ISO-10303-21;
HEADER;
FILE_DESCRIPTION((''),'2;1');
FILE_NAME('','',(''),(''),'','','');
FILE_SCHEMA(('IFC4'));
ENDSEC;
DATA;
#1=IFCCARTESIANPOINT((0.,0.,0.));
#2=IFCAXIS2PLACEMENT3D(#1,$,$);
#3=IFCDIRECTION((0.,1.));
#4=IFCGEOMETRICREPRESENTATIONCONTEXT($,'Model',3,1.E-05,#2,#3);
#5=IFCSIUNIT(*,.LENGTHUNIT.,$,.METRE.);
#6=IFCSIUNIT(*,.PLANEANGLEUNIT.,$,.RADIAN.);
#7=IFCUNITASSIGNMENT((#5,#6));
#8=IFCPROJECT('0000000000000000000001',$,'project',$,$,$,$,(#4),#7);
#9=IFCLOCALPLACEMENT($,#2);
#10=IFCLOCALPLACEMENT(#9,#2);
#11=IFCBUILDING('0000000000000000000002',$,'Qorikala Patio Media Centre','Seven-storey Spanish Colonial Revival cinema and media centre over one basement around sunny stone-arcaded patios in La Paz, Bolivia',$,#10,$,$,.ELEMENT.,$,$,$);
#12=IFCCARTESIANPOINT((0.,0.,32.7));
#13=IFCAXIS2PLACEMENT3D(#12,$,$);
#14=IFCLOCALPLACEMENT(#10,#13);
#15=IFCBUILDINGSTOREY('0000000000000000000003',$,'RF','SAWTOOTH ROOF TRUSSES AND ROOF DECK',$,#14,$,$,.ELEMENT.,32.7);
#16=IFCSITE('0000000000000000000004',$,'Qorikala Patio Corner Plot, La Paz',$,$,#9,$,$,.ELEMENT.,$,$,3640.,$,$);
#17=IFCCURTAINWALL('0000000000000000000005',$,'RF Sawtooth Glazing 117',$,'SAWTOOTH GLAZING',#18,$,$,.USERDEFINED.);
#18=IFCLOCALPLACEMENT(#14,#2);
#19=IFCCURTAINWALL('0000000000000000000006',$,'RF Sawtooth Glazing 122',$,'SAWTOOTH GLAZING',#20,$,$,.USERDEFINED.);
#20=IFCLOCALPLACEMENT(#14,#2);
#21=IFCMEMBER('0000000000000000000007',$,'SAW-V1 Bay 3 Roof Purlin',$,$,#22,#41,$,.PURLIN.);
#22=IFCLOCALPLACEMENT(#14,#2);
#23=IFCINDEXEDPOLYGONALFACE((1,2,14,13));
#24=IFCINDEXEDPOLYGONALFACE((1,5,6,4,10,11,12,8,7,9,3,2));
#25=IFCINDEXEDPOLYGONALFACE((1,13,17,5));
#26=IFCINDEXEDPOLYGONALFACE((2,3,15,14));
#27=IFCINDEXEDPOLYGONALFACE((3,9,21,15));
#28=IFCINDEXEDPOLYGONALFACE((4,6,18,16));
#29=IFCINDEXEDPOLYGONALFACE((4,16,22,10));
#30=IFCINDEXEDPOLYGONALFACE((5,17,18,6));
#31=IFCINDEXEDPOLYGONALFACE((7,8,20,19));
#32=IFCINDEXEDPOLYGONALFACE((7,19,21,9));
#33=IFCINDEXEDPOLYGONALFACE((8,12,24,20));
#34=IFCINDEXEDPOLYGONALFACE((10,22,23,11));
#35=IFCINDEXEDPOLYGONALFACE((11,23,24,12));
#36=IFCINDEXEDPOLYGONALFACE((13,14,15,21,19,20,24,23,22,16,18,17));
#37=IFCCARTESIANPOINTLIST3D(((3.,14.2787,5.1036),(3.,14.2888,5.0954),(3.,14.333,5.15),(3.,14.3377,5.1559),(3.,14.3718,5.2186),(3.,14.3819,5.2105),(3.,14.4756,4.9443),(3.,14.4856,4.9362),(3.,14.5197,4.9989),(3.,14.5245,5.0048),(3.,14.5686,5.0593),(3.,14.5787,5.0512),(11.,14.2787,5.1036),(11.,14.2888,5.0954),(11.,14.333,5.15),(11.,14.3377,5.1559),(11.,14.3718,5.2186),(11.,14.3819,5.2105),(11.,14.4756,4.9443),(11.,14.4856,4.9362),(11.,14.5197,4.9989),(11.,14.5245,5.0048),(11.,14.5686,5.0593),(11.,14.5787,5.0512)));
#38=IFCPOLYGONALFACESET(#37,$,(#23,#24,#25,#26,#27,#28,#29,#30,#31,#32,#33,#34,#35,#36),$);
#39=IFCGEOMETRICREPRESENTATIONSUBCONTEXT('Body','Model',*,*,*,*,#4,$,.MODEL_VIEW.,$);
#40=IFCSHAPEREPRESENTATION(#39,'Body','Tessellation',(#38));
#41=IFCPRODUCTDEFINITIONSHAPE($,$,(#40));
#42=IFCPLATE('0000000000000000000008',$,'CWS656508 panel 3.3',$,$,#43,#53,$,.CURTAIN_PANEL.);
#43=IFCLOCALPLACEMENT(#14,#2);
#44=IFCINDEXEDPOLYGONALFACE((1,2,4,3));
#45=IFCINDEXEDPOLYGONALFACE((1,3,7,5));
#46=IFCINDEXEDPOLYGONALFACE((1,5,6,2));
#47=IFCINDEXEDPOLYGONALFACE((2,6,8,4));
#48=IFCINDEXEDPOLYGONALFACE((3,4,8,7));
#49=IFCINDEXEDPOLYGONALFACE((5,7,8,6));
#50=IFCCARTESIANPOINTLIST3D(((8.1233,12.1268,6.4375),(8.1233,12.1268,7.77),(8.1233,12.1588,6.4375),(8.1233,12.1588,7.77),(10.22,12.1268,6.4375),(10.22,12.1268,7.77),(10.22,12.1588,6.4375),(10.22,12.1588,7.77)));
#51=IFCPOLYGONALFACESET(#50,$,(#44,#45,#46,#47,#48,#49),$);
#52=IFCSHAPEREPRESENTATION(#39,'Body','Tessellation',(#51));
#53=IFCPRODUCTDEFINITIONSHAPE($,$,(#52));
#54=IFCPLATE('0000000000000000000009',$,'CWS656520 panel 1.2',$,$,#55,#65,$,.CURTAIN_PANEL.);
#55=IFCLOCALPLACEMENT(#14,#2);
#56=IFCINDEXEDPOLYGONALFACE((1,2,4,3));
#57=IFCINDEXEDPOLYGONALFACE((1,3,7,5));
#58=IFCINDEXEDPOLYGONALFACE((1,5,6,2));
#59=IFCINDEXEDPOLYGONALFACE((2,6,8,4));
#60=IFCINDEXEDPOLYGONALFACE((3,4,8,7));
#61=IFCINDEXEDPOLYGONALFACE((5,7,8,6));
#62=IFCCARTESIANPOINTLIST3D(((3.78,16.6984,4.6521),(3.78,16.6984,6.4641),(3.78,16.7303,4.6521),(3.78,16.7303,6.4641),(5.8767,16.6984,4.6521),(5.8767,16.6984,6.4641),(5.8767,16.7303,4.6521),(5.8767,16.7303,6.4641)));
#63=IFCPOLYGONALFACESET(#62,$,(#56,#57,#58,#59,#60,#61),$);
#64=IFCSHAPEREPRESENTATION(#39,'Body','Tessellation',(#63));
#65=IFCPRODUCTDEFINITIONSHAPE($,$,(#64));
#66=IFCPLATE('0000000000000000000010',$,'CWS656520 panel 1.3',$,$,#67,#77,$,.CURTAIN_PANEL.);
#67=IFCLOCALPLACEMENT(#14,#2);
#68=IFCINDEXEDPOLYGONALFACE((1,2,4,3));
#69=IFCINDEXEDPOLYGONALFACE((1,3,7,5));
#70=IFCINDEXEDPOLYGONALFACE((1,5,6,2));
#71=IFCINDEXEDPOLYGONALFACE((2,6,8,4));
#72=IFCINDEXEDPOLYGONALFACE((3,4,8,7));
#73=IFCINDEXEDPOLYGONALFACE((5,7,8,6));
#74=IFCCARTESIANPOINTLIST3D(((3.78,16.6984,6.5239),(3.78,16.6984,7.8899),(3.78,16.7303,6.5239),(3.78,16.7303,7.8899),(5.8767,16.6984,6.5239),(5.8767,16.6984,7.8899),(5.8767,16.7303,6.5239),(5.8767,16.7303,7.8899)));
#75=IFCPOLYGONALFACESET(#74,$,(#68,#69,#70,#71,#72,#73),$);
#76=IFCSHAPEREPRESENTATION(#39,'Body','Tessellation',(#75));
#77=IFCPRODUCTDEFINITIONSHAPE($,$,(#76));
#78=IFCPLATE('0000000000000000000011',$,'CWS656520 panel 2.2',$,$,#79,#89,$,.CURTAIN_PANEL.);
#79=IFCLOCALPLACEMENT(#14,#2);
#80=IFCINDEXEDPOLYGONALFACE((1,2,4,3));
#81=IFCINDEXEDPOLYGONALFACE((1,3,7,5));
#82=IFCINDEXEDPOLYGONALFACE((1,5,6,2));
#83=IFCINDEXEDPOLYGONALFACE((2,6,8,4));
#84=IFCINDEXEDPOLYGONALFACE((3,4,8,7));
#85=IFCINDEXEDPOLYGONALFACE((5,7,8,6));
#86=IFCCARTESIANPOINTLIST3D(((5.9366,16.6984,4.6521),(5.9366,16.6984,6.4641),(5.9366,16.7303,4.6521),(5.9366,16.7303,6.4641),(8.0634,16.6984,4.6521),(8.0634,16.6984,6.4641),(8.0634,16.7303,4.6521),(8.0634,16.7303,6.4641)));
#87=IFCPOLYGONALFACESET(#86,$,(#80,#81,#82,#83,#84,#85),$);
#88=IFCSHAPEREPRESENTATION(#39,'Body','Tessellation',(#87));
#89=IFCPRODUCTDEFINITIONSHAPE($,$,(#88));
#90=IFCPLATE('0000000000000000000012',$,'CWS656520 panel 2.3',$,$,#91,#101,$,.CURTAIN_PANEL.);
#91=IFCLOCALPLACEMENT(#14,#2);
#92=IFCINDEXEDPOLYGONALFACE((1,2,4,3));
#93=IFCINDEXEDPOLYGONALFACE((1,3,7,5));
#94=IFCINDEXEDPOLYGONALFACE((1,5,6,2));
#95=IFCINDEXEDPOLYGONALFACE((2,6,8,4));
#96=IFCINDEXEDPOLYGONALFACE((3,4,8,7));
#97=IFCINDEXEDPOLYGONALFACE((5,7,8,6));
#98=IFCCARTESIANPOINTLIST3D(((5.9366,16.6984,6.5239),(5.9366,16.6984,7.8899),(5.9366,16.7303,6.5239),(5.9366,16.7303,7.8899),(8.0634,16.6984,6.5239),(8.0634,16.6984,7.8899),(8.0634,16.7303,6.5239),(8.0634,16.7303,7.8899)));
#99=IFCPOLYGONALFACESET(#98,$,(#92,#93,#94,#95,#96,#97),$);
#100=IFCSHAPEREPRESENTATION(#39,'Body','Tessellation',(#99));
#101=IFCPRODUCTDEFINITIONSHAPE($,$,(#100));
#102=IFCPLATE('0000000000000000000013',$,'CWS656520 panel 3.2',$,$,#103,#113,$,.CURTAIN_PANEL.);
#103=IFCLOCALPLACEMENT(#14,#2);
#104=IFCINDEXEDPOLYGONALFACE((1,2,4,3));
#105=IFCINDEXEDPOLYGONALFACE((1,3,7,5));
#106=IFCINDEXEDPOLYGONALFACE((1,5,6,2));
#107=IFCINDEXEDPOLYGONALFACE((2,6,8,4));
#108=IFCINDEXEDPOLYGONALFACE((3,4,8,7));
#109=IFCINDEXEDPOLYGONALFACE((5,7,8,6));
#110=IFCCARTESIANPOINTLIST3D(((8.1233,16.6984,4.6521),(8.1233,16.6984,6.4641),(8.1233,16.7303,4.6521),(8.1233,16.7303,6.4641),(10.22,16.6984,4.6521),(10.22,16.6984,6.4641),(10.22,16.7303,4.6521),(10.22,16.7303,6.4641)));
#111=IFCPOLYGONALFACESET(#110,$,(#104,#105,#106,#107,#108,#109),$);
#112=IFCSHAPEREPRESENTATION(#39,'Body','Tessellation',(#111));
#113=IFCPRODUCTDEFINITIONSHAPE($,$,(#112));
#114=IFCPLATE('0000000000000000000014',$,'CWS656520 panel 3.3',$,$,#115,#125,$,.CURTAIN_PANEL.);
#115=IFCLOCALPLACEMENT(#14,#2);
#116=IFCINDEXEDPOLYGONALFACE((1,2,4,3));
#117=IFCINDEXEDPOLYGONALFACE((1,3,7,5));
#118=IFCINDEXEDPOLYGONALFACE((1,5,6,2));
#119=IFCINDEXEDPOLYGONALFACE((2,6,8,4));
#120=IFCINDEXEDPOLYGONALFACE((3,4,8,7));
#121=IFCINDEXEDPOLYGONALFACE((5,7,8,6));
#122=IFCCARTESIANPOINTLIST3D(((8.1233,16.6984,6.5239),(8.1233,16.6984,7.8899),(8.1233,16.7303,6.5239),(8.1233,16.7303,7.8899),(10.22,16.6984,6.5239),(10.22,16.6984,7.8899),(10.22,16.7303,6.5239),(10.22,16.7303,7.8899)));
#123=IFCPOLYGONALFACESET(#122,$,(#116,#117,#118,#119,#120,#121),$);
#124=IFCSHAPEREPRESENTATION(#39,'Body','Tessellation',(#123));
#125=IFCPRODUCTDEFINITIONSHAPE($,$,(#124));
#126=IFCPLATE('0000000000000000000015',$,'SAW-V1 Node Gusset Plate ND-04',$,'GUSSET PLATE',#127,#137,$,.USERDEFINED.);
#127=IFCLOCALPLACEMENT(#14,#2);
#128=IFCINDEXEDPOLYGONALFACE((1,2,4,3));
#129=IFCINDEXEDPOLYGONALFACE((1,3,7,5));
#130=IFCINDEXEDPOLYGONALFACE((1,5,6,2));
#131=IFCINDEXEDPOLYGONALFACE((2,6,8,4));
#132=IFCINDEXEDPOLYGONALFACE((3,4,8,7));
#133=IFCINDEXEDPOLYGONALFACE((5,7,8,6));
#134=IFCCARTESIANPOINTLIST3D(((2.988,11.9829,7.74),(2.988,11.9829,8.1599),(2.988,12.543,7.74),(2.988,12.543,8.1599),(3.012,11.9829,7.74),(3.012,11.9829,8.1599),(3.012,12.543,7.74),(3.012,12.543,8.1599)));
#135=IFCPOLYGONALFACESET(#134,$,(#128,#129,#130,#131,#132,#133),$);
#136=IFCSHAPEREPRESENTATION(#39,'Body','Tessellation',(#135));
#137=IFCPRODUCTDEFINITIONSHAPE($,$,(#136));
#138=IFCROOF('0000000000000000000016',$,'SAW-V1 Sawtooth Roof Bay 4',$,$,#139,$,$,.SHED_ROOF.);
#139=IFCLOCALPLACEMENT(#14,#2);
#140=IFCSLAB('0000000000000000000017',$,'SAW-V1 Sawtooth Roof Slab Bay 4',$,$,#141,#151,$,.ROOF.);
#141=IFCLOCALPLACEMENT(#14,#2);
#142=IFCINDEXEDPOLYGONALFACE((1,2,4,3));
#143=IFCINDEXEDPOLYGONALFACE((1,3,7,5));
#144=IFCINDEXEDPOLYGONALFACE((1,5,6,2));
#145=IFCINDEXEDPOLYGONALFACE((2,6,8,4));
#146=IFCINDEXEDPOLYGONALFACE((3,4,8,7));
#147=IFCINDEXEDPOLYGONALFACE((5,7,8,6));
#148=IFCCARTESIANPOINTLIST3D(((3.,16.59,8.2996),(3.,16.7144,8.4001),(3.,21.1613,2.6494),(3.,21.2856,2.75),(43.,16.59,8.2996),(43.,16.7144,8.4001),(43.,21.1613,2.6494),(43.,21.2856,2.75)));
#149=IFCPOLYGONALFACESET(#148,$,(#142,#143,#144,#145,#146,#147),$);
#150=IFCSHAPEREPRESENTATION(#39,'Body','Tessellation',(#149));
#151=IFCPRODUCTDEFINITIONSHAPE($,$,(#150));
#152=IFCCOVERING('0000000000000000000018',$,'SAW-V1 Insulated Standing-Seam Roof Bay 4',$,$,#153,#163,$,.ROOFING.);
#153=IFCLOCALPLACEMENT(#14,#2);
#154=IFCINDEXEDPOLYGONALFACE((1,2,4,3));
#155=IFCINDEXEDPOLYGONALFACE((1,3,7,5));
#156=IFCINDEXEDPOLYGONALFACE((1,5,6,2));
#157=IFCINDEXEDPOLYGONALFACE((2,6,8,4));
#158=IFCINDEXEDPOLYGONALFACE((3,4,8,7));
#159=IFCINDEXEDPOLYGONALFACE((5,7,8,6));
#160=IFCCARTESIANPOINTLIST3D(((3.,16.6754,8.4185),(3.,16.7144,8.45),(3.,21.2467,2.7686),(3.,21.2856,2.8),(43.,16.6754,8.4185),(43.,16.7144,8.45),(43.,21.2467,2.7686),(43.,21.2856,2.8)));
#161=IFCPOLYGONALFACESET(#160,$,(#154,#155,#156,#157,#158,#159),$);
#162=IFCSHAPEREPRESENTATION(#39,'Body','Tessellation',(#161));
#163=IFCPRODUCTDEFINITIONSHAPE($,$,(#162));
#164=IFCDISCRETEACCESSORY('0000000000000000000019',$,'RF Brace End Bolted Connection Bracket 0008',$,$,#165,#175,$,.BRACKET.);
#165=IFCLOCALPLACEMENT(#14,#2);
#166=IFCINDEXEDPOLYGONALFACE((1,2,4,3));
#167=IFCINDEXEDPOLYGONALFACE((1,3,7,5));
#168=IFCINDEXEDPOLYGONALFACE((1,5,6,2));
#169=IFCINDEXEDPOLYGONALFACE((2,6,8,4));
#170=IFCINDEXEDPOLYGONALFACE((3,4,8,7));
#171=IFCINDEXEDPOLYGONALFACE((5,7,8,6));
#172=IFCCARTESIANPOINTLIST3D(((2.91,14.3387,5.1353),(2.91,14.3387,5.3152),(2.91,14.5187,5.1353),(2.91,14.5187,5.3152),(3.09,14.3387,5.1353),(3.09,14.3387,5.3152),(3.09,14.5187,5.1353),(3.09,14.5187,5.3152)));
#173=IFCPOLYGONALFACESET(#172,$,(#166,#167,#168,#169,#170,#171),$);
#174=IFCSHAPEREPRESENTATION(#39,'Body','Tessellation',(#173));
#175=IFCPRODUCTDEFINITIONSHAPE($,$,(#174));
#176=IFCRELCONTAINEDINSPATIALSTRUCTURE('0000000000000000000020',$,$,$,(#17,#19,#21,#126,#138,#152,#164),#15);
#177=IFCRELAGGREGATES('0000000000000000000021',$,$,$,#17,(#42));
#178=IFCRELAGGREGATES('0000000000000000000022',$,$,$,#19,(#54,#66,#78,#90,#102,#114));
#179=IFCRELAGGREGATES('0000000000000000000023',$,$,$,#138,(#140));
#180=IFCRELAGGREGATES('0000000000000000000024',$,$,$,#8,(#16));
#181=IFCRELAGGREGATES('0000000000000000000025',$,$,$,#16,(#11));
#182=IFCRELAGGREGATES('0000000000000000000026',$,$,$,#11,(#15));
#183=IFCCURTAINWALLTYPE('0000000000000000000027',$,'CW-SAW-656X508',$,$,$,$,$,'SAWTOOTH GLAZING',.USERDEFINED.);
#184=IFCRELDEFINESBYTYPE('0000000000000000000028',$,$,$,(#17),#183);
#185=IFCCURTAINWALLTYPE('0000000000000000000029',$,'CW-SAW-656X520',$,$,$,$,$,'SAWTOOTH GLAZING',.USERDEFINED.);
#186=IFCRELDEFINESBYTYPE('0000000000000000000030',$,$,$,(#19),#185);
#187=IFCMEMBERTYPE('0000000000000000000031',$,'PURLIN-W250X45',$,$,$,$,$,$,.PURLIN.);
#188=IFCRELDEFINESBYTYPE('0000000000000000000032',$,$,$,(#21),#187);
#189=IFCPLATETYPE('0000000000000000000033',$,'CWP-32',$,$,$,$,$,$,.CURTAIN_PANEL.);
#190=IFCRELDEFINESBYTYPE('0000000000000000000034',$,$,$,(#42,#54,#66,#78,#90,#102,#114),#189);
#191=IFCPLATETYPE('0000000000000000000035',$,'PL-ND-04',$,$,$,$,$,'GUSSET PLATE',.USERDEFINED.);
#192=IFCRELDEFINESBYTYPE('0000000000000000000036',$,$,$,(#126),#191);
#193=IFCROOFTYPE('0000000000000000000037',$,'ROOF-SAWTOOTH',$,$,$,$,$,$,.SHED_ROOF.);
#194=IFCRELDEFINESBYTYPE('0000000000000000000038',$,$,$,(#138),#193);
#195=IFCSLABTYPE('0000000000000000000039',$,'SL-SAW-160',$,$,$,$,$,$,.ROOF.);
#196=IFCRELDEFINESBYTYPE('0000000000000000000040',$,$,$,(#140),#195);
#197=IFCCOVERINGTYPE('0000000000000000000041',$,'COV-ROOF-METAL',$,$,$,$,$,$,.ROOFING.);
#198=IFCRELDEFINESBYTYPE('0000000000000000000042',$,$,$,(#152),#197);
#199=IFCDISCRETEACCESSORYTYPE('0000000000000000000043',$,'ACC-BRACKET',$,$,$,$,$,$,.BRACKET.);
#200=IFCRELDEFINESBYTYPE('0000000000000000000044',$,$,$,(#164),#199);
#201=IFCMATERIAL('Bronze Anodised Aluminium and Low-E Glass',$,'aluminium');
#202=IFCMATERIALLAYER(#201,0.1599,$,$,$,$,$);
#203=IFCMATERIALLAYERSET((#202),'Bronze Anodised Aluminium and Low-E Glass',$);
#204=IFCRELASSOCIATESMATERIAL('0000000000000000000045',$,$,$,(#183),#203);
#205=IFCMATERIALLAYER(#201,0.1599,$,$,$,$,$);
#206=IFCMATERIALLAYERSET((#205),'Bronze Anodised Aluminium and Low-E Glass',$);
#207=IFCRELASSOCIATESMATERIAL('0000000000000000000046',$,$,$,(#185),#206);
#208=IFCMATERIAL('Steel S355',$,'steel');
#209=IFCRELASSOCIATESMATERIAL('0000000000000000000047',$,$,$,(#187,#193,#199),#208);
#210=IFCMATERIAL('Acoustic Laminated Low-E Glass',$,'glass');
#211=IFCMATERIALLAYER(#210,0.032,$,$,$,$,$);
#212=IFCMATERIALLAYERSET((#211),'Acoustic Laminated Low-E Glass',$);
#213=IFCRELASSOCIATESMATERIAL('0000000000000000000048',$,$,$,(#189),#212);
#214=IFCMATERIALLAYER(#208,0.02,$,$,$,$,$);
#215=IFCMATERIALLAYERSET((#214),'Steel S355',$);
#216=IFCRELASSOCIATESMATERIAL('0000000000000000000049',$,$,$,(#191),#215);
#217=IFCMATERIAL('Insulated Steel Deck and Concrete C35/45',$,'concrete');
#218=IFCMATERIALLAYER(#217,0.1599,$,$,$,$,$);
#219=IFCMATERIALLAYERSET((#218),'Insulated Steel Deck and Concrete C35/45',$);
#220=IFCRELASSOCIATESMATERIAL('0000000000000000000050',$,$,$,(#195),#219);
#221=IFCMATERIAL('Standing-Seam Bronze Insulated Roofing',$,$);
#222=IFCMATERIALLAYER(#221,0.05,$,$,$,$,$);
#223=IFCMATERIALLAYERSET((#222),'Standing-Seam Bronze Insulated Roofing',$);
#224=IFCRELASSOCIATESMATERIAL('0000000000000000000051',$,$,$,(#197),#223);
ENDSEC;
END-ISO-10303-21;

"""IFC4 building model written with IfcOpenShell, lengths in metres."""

from ifc_helpers import new_model, si_unit, direction, frame, origin, origin_2d, place, context, subcontext, project, spatial, polyline, rectangle, i_section, outline, extrude, material, layer, layer_set, material_profile, profile_set, type_object, element, aggregate, save


model = new_model("IFC4")

# Units and contexts
model_context = context("Model", 3, precision=1e-05, world=origin(), true_north=direction((0.0, 1.0)))
body_context = subcontext(model_context, "Body", "Model", "MODEL_VIEW")
ifc_project = project(units=[si_unit("LENGTHUNIT", "METRE"), si_unit("PLANEANGLEUNIT", "RADIAN")], contexts=[model_context])

# Site, building, storey
site_placement = place(None, origin())
site = spatial("IfcSite", under=ifc_project, at=site_placement, Name="Qorikala Patio Corner Plot, La Paz", CompositionType="ELEMENT", RefElevation=3640.0)
building_placement = place(site_placement, origin())
building = spatial("IfcBuilding", under=site, at=building_placement, Name="Qorikala Patio Media Centre", Description="Seven-storey Spanish Colonial Revival cinema and media centre over one basement around sunny stone-arcaded patios in La Paz, Bolivia", CompositionType="ELEMENT")
storey_placement = place(building_placement, frame((0.0, 0.0, 32.7)))
storey = spatial("IfcBuildingStorey", under=building, at=storey_placement, Name="RF", Description="SAWTOOTH ROOF TRUSSES AND ROOF DECK", CompositionType="ELEMENT", Elevation=32.7)

# Shared definitions
ifc_material_1 = material(Name="Steel S355", Category="steel")

# Curtain walls
ifc_material_2 = material(Name="Bronze Anodised Aluminium and Low-E Glass", Category="aluminium")
ifc_layer_1 = layer(ifc_material_2, 0.1599)
ifc_layer_set_1 = layer_set([ifc_layer_1], Name="Bronze Anodised Aluminium and Low-E Glass")
curtain_wall_type_1 = type_object("IfcCurtainWallType", Name="CW-SAW-656X508", ElementType="SAWTOOTH GLAZING", PredefinedType="USERDEFINED", material=ifc_layer_set_1)
curtain_wall_1_placement = place(storey_placement, origin())
curtain_wall_1 = element("IfcCurtainWall", 1, at=curtain_wall_1_placement, inside=storey, type_object=curtain_wall_type_1, Name="RF Sawtooth Glazing 117", ObjectType="SAWTOOTH GLAZING", PredefinedType="USERDEFINED")
ifc_layer_2 = layer(ifc_material_2, 0.1599)
ifc_layer_set_2 = layer_set([ifc_layer_2], Name="Bronze Anodised Aluminium and Low-E Glass")
curtain_wall_type_2 = type_object("IfcCurtainWallType", Name="CW-SAW-656X520", ElementType="SAWTOOTH GLAZING", PredefinedType="USERDEFINED", material=ifc_layer_set_2)
curtain_wall_2_placement = place(storey_placement, origin())
curtain_wall_2 = element("IfcCurtainWall", 2, at=curtain_wall_2_placement, inside=storey, type_object=curtain_wall_type_2, Name="RF Sawtooth Glazing 122", ObjectType="SAWTOOTH GLAZING", PredefinedType="USERDEFINED")

# Member
ifc_material_profile_1 = material_profile(ifc_material_1, i_section(OverallWidth=0.1479, OverallDepth=0.2661, WebThickness=0.0076, FlangeThickness=0.0129, at=origin_2d()), Name="W250X45")
ifc_profile_set_1 = profile_set([ifc_material_profile_1], Name="Steel S355")
member_type_1 = type_object("IfcMemberType", Name="PURLIN-W250X45", PredefinedType="PURLIN", material=ifc_profile_set_1)
for number, where, z_axis, x_axis, name in (
    (3, (3.0, 14.4287, 5.0774), (1.0, 0.0, 0.0), (0.0, 0.628995, 0.77741), "SAW-V1 Bay 3 Roof Purlin"),
):
    element("IfcMember", number, at=place(storey_placement, frame(where, z_axis=z_axis, x_axis=x_axis)), inside=storey, type_object=member_type_1, Name=name, PredefinedType="PURLIN", context=body_context, shape_type="SweptSolid", body=[
        extrude(i_section(OverallWidth=0.1479, OverallDepth=0.2661, WebThickness=0.0076, FlangeThickness=0.0129, at=origin_2d()), origin(), (0.0, 0.0, 1.0), 8.0),
    ])

# Plates
ifc_material_3 = material(Name="Acoustic Laminated Low-E Glass", Category="glass")
ifc_layer_3 = layer(ifc_material_3, 0.032)
ifc_layer_set_3 = layer_set([ifc_layer_3], Name="Acoustic Laminated Low-E Glass")
plate_type_1 = type_object("IfcPlateType", Name="CWP-32", PredefinedType="CURTAIN_PANEL", material=ifc_layer_set_3)
plate_1_placement = place(storey_placement, frame((9.1716, 12.1428, 6.4375), z_axis=(0.0, 0.0, 1.0), x_axis=(1.0, 0.0, 0.0)))
plate_1 = element("IfcPlate", 4, at=plate_1_placement, type_object=plate_type_1, Name="CWS656508 panel 3.3", PredefinedType="CURTAIN_PANEL", context=body_context, shape_type="SweptSolid", body=[
    extrude(rectangle(XDim=2.0967, YDim=0.032, at=origin_2d()), origin(), (0.0, 0.0, 1.0), 1.3325),
])
aggregate(curtain_wall_1, [plate_1])
plate_2_placement = place(storey_placement, frame((4.8284, 16.7144, 4.6521), z_axis=(0.0, 0.0, 1.0), x_axis=(1.0, 0.0, 0.0)))
plate_2 = element("IfcPlate", 5, at=plate_2_placement, type_object=plate_type_1, Name="CWS656520 panel 1.2", PredefinedType="CURTAIN_PANEL", context=body_context, shape_type="SweptSolid", body=[
    extrude(rectangle(XDim=2.0967, YDim=0.032, at=origin_2d()), origin(), (0.0, 0.0, 1.0), 1.812),
])
plate_3_placement = place(storey_placement, frame((4.8284, 16.7144, 6.5239), z_axis=(0.0, 0.0, 1.0), x_axis=(1.0, 0.0, 0.0)))
plate_3 = element("IfcPlate", 6, at=plate_3_placement, type_object=plate_type_1, Name="CWS656520 panel 1.3", PredefinedType="CURTAIN_PANEL", context=body_context, shape_type="SweptSolid", body=[
    extrude(rectangle(XDim=2.0967, YDim=0.032, at=origin_2d()), origin(), (0.0, 0.0, 1.0), 1.366),
])
plate_4_placement = place(storey_placement, frame((7.0, 16.7144, 4.6521), z_axis=(0.0, 0.0, 1.0), x_axis=(1.0, 0.0, 0.0)))
plate_4 = element("IfcPlate", 7, at=plate_4_placement, type_object=plate_type_1, Name="CWS656520 panel 2.2", PredefinedType="CURTAIN_PANEL", context=body_context, shape_type="SweptSolid", body=[
    extrude(rectangle(XDim=2.1267, YDim=0.032, at=origin_2d()), origin(), (0.0, 0.0, 1.0), 1.812),
])
plate_5_placement = place(storey_placement, frame((7.0, 16.7144, 6.5239), z_axis=(0.0, 0.0, 1.0), x_axis=(1.0, 0.0, 0.0)))
plate_5 = element("IfcPlate", 8, at=plate_5_placement, type_object=plate_type_1, Name="CWS656520 panel 2.3", PredefinedType="CURTAIN_PANEL", context=body_context, shape_type="SweptSolid", body=[
    extrude(rectangle(XDim=2.1267, YDim=0.032, at=origin_2d()), origin(), (0.0, 0.0, 1.0), 1.366),
])
plate_6_placement = place(storey_placement, frame((9.1716, 16.7144, 4.6521), z_axis=(0.0, 0.0, 1.0), x_axis=(1.0, 0.0, 0.0)))
plate_6 = element("IfcPlate", 9, at=plate_6_placement, type_object=plate_type_1, Name="CWS656520 panel 3.2", PredefinedType="CURTAIN_PANEL", context=body_context, shape_type="SweptSolid", body=[
    extrude(rectangle(XDim=2.0967, YDim=0.032, at=origin_2d()), origin(), (0.0, 0.0, 1.0), 1.812),
])
plate_7_placement = place(storey_placement, frame((9.1716, 16.7144, 6.5239), z_axis=(0.0, 0.0, 1.0), x_axis=(1.0, 0.0, 0.0)))
plate_7 = element("IfcPlate", 10, at=plate_7_placement, type_object=plate_type_1, Name="CWS656520 panel 3.3", PredefinedType="CURTAIN_PANEL", context=body_context, shape_type="SweptSolid", body=[
    extrude(rectangle(XDim=2.0967, YDim=0.032, at=origin_2d()), origin(), (0.0, 0.0, 1.0), 1.366),
])
aggregate(curtain_wall_2, [plate_2, plate_3, plate_4, plate_5, plate_6, plate_7])
ifc_layer_4 = layer(ifc_material_1, 0.02)
ifc_layer_set_4 = layer_set([ifc_layer_4], Name="Steel S355")
plate_type_2 = type_object("IfcPlateType", Name="PL-ND-04", ElementType="GUSSET PLATE", PredefinedType="USERDEFINED", material=ifc_layer_set_4)
plate_8_placement = place(storey_placement, frame((3.0, 12.2629, 7.74), z_axis=(0.0, 0.0, 1.0), x_axis=(1.0, 0.0, 0.0)))
element("IfcPlate", 11, at=plate_8_placement, inside=storey, type_object=plate_type_2, Name="SAW-V1 Node Gusset Plate ND-04", ObjectType="GUSSET PLATE", PredefinedType="USERDEFINED", context=body_context, shape_type="SweptSolid", body=[
    extrude(rectangle(XDim=0.0239, YDim=0.5601, at=origin_2d()), origin(), (0.0, 0.0, 1.0), 0.4199),
])

# Roof, slab
roof_type = type_object("IfcRoofType", Name="ROOF-SAWTOOTH", PredefinedType="SHED_ROOF", material=ifc_material_1)
roof_placement = place(storey_placement, origin())
roof = element("IfcRoof", 12, at=roof_placement, inside=storey, type_object=roof_type, Name="SAW-V1 Sawtooth Roof Bay 4", PredefinedType="SHED_ROOF")
ifc_material_4 = material(Name="Insulated Steel Deck and Concrete C35/45", Category="concrete")
ifc_layer_5 = layer(ifc_material_4, 0.1599)
ifc_layer_set_5 = layer_set([ifc_layer_5], Name="Insulated Steel Deck and Concrete C35/45")
slab_type = type_object("IfcSlabType", Name="SL-SAW-160", PredefinedType="ROOF", material=ifc_layer_set_5)
slab_placement = place(storey_placement, frame((3.0, 16.7144, 8.4001), z_axis=(0.0, 0.777422, 0.628979), x_axis=(1.0, 0.0, 0.0)))
slab = element("IfcSlab", 13, at=slab_placement, type_object=slab_type, Name="SAW-V1 Sawtooth Roof Slab Bay 4", PredefinedType="ROOF", context=body_context, shape_type="SweptSolid", body=[
    extrude(outline(polyline([(0.0, 0.0), (40.0, 0.0), (40.0, 7.2678), (0.0, 7.2678), (0.0, 0.0)])), origin(), (0.0, 0.0, -1.0), 0.1599),
])
aggregate(roof, [slab])

# Covering
ifc_material_5 = material(Name="Standing-Seam Bronze Insulated Roofing")
ifc_layer_6 = layer(ifc_material_5, 0.05)
ifc_layer_set_6 = layer_set([ifc_layer_6], Name="Standing-Seam Bronze Insulated Roofing")
covering_type = type_object("IfcCoveringType", Name="COV-ROOF-METAL", PredefinedType="ROOFING", material=ifc_layer_set_6)
covering_placement = place(storey_placement, frame((3.0, 16.7144, 8.45), z_axis=(0.0, 0.777409, 0.628995), x_axis=(1.0, 0.0, 0.0)))
element("IfcCovering", 14, at=covering_placement, inside=storey, type_object=covering_type, Name="SAW-V1 Insulated Standing-Seam Roof Bay 4", PredefinedType="ROOFING", context=body_context, shape_type="SweptSolid", body=[
    extrude(outline(polyline([(0.0, 0.0), (40.0, 0.0), (40.0, 7.2676), (0.0, 7.2676), (0.0, 0.0)])), origin(), (0.0, 0.0, -1.0), 0.05),
])

# Discrete accessory
discrete_accessory_type = type_object("IfcDiscreteAccessoryType", Name="ACC-BRACKET", PredefinedType="BRACKET", material=ifc_material_1)
discrete_accessory_placement = place(storey_placement, frame((3.0, 14.4287, 5.1353), z_axis=(0.0, 0.0, 1.0), x_axis=(1.0, 0.0, 0.0)))
element("IfcDiscreteAccessory", 15, at=discrete_accessory_placement, inside=storey, type_object=discrete_accessory_type, Name="RF Brace End Bolted Connection Bracket 0008", PredefinedType="BRACKET", context=body_context, shape_type="SweptSolid", body=[
    extrude(rectangle(XDim=0.1799, YDim=0.1799, at=origin_2d()), origin(), (0.0, 0.0, 1.0), 0.1799),
])

save(model, "model.ifc")
